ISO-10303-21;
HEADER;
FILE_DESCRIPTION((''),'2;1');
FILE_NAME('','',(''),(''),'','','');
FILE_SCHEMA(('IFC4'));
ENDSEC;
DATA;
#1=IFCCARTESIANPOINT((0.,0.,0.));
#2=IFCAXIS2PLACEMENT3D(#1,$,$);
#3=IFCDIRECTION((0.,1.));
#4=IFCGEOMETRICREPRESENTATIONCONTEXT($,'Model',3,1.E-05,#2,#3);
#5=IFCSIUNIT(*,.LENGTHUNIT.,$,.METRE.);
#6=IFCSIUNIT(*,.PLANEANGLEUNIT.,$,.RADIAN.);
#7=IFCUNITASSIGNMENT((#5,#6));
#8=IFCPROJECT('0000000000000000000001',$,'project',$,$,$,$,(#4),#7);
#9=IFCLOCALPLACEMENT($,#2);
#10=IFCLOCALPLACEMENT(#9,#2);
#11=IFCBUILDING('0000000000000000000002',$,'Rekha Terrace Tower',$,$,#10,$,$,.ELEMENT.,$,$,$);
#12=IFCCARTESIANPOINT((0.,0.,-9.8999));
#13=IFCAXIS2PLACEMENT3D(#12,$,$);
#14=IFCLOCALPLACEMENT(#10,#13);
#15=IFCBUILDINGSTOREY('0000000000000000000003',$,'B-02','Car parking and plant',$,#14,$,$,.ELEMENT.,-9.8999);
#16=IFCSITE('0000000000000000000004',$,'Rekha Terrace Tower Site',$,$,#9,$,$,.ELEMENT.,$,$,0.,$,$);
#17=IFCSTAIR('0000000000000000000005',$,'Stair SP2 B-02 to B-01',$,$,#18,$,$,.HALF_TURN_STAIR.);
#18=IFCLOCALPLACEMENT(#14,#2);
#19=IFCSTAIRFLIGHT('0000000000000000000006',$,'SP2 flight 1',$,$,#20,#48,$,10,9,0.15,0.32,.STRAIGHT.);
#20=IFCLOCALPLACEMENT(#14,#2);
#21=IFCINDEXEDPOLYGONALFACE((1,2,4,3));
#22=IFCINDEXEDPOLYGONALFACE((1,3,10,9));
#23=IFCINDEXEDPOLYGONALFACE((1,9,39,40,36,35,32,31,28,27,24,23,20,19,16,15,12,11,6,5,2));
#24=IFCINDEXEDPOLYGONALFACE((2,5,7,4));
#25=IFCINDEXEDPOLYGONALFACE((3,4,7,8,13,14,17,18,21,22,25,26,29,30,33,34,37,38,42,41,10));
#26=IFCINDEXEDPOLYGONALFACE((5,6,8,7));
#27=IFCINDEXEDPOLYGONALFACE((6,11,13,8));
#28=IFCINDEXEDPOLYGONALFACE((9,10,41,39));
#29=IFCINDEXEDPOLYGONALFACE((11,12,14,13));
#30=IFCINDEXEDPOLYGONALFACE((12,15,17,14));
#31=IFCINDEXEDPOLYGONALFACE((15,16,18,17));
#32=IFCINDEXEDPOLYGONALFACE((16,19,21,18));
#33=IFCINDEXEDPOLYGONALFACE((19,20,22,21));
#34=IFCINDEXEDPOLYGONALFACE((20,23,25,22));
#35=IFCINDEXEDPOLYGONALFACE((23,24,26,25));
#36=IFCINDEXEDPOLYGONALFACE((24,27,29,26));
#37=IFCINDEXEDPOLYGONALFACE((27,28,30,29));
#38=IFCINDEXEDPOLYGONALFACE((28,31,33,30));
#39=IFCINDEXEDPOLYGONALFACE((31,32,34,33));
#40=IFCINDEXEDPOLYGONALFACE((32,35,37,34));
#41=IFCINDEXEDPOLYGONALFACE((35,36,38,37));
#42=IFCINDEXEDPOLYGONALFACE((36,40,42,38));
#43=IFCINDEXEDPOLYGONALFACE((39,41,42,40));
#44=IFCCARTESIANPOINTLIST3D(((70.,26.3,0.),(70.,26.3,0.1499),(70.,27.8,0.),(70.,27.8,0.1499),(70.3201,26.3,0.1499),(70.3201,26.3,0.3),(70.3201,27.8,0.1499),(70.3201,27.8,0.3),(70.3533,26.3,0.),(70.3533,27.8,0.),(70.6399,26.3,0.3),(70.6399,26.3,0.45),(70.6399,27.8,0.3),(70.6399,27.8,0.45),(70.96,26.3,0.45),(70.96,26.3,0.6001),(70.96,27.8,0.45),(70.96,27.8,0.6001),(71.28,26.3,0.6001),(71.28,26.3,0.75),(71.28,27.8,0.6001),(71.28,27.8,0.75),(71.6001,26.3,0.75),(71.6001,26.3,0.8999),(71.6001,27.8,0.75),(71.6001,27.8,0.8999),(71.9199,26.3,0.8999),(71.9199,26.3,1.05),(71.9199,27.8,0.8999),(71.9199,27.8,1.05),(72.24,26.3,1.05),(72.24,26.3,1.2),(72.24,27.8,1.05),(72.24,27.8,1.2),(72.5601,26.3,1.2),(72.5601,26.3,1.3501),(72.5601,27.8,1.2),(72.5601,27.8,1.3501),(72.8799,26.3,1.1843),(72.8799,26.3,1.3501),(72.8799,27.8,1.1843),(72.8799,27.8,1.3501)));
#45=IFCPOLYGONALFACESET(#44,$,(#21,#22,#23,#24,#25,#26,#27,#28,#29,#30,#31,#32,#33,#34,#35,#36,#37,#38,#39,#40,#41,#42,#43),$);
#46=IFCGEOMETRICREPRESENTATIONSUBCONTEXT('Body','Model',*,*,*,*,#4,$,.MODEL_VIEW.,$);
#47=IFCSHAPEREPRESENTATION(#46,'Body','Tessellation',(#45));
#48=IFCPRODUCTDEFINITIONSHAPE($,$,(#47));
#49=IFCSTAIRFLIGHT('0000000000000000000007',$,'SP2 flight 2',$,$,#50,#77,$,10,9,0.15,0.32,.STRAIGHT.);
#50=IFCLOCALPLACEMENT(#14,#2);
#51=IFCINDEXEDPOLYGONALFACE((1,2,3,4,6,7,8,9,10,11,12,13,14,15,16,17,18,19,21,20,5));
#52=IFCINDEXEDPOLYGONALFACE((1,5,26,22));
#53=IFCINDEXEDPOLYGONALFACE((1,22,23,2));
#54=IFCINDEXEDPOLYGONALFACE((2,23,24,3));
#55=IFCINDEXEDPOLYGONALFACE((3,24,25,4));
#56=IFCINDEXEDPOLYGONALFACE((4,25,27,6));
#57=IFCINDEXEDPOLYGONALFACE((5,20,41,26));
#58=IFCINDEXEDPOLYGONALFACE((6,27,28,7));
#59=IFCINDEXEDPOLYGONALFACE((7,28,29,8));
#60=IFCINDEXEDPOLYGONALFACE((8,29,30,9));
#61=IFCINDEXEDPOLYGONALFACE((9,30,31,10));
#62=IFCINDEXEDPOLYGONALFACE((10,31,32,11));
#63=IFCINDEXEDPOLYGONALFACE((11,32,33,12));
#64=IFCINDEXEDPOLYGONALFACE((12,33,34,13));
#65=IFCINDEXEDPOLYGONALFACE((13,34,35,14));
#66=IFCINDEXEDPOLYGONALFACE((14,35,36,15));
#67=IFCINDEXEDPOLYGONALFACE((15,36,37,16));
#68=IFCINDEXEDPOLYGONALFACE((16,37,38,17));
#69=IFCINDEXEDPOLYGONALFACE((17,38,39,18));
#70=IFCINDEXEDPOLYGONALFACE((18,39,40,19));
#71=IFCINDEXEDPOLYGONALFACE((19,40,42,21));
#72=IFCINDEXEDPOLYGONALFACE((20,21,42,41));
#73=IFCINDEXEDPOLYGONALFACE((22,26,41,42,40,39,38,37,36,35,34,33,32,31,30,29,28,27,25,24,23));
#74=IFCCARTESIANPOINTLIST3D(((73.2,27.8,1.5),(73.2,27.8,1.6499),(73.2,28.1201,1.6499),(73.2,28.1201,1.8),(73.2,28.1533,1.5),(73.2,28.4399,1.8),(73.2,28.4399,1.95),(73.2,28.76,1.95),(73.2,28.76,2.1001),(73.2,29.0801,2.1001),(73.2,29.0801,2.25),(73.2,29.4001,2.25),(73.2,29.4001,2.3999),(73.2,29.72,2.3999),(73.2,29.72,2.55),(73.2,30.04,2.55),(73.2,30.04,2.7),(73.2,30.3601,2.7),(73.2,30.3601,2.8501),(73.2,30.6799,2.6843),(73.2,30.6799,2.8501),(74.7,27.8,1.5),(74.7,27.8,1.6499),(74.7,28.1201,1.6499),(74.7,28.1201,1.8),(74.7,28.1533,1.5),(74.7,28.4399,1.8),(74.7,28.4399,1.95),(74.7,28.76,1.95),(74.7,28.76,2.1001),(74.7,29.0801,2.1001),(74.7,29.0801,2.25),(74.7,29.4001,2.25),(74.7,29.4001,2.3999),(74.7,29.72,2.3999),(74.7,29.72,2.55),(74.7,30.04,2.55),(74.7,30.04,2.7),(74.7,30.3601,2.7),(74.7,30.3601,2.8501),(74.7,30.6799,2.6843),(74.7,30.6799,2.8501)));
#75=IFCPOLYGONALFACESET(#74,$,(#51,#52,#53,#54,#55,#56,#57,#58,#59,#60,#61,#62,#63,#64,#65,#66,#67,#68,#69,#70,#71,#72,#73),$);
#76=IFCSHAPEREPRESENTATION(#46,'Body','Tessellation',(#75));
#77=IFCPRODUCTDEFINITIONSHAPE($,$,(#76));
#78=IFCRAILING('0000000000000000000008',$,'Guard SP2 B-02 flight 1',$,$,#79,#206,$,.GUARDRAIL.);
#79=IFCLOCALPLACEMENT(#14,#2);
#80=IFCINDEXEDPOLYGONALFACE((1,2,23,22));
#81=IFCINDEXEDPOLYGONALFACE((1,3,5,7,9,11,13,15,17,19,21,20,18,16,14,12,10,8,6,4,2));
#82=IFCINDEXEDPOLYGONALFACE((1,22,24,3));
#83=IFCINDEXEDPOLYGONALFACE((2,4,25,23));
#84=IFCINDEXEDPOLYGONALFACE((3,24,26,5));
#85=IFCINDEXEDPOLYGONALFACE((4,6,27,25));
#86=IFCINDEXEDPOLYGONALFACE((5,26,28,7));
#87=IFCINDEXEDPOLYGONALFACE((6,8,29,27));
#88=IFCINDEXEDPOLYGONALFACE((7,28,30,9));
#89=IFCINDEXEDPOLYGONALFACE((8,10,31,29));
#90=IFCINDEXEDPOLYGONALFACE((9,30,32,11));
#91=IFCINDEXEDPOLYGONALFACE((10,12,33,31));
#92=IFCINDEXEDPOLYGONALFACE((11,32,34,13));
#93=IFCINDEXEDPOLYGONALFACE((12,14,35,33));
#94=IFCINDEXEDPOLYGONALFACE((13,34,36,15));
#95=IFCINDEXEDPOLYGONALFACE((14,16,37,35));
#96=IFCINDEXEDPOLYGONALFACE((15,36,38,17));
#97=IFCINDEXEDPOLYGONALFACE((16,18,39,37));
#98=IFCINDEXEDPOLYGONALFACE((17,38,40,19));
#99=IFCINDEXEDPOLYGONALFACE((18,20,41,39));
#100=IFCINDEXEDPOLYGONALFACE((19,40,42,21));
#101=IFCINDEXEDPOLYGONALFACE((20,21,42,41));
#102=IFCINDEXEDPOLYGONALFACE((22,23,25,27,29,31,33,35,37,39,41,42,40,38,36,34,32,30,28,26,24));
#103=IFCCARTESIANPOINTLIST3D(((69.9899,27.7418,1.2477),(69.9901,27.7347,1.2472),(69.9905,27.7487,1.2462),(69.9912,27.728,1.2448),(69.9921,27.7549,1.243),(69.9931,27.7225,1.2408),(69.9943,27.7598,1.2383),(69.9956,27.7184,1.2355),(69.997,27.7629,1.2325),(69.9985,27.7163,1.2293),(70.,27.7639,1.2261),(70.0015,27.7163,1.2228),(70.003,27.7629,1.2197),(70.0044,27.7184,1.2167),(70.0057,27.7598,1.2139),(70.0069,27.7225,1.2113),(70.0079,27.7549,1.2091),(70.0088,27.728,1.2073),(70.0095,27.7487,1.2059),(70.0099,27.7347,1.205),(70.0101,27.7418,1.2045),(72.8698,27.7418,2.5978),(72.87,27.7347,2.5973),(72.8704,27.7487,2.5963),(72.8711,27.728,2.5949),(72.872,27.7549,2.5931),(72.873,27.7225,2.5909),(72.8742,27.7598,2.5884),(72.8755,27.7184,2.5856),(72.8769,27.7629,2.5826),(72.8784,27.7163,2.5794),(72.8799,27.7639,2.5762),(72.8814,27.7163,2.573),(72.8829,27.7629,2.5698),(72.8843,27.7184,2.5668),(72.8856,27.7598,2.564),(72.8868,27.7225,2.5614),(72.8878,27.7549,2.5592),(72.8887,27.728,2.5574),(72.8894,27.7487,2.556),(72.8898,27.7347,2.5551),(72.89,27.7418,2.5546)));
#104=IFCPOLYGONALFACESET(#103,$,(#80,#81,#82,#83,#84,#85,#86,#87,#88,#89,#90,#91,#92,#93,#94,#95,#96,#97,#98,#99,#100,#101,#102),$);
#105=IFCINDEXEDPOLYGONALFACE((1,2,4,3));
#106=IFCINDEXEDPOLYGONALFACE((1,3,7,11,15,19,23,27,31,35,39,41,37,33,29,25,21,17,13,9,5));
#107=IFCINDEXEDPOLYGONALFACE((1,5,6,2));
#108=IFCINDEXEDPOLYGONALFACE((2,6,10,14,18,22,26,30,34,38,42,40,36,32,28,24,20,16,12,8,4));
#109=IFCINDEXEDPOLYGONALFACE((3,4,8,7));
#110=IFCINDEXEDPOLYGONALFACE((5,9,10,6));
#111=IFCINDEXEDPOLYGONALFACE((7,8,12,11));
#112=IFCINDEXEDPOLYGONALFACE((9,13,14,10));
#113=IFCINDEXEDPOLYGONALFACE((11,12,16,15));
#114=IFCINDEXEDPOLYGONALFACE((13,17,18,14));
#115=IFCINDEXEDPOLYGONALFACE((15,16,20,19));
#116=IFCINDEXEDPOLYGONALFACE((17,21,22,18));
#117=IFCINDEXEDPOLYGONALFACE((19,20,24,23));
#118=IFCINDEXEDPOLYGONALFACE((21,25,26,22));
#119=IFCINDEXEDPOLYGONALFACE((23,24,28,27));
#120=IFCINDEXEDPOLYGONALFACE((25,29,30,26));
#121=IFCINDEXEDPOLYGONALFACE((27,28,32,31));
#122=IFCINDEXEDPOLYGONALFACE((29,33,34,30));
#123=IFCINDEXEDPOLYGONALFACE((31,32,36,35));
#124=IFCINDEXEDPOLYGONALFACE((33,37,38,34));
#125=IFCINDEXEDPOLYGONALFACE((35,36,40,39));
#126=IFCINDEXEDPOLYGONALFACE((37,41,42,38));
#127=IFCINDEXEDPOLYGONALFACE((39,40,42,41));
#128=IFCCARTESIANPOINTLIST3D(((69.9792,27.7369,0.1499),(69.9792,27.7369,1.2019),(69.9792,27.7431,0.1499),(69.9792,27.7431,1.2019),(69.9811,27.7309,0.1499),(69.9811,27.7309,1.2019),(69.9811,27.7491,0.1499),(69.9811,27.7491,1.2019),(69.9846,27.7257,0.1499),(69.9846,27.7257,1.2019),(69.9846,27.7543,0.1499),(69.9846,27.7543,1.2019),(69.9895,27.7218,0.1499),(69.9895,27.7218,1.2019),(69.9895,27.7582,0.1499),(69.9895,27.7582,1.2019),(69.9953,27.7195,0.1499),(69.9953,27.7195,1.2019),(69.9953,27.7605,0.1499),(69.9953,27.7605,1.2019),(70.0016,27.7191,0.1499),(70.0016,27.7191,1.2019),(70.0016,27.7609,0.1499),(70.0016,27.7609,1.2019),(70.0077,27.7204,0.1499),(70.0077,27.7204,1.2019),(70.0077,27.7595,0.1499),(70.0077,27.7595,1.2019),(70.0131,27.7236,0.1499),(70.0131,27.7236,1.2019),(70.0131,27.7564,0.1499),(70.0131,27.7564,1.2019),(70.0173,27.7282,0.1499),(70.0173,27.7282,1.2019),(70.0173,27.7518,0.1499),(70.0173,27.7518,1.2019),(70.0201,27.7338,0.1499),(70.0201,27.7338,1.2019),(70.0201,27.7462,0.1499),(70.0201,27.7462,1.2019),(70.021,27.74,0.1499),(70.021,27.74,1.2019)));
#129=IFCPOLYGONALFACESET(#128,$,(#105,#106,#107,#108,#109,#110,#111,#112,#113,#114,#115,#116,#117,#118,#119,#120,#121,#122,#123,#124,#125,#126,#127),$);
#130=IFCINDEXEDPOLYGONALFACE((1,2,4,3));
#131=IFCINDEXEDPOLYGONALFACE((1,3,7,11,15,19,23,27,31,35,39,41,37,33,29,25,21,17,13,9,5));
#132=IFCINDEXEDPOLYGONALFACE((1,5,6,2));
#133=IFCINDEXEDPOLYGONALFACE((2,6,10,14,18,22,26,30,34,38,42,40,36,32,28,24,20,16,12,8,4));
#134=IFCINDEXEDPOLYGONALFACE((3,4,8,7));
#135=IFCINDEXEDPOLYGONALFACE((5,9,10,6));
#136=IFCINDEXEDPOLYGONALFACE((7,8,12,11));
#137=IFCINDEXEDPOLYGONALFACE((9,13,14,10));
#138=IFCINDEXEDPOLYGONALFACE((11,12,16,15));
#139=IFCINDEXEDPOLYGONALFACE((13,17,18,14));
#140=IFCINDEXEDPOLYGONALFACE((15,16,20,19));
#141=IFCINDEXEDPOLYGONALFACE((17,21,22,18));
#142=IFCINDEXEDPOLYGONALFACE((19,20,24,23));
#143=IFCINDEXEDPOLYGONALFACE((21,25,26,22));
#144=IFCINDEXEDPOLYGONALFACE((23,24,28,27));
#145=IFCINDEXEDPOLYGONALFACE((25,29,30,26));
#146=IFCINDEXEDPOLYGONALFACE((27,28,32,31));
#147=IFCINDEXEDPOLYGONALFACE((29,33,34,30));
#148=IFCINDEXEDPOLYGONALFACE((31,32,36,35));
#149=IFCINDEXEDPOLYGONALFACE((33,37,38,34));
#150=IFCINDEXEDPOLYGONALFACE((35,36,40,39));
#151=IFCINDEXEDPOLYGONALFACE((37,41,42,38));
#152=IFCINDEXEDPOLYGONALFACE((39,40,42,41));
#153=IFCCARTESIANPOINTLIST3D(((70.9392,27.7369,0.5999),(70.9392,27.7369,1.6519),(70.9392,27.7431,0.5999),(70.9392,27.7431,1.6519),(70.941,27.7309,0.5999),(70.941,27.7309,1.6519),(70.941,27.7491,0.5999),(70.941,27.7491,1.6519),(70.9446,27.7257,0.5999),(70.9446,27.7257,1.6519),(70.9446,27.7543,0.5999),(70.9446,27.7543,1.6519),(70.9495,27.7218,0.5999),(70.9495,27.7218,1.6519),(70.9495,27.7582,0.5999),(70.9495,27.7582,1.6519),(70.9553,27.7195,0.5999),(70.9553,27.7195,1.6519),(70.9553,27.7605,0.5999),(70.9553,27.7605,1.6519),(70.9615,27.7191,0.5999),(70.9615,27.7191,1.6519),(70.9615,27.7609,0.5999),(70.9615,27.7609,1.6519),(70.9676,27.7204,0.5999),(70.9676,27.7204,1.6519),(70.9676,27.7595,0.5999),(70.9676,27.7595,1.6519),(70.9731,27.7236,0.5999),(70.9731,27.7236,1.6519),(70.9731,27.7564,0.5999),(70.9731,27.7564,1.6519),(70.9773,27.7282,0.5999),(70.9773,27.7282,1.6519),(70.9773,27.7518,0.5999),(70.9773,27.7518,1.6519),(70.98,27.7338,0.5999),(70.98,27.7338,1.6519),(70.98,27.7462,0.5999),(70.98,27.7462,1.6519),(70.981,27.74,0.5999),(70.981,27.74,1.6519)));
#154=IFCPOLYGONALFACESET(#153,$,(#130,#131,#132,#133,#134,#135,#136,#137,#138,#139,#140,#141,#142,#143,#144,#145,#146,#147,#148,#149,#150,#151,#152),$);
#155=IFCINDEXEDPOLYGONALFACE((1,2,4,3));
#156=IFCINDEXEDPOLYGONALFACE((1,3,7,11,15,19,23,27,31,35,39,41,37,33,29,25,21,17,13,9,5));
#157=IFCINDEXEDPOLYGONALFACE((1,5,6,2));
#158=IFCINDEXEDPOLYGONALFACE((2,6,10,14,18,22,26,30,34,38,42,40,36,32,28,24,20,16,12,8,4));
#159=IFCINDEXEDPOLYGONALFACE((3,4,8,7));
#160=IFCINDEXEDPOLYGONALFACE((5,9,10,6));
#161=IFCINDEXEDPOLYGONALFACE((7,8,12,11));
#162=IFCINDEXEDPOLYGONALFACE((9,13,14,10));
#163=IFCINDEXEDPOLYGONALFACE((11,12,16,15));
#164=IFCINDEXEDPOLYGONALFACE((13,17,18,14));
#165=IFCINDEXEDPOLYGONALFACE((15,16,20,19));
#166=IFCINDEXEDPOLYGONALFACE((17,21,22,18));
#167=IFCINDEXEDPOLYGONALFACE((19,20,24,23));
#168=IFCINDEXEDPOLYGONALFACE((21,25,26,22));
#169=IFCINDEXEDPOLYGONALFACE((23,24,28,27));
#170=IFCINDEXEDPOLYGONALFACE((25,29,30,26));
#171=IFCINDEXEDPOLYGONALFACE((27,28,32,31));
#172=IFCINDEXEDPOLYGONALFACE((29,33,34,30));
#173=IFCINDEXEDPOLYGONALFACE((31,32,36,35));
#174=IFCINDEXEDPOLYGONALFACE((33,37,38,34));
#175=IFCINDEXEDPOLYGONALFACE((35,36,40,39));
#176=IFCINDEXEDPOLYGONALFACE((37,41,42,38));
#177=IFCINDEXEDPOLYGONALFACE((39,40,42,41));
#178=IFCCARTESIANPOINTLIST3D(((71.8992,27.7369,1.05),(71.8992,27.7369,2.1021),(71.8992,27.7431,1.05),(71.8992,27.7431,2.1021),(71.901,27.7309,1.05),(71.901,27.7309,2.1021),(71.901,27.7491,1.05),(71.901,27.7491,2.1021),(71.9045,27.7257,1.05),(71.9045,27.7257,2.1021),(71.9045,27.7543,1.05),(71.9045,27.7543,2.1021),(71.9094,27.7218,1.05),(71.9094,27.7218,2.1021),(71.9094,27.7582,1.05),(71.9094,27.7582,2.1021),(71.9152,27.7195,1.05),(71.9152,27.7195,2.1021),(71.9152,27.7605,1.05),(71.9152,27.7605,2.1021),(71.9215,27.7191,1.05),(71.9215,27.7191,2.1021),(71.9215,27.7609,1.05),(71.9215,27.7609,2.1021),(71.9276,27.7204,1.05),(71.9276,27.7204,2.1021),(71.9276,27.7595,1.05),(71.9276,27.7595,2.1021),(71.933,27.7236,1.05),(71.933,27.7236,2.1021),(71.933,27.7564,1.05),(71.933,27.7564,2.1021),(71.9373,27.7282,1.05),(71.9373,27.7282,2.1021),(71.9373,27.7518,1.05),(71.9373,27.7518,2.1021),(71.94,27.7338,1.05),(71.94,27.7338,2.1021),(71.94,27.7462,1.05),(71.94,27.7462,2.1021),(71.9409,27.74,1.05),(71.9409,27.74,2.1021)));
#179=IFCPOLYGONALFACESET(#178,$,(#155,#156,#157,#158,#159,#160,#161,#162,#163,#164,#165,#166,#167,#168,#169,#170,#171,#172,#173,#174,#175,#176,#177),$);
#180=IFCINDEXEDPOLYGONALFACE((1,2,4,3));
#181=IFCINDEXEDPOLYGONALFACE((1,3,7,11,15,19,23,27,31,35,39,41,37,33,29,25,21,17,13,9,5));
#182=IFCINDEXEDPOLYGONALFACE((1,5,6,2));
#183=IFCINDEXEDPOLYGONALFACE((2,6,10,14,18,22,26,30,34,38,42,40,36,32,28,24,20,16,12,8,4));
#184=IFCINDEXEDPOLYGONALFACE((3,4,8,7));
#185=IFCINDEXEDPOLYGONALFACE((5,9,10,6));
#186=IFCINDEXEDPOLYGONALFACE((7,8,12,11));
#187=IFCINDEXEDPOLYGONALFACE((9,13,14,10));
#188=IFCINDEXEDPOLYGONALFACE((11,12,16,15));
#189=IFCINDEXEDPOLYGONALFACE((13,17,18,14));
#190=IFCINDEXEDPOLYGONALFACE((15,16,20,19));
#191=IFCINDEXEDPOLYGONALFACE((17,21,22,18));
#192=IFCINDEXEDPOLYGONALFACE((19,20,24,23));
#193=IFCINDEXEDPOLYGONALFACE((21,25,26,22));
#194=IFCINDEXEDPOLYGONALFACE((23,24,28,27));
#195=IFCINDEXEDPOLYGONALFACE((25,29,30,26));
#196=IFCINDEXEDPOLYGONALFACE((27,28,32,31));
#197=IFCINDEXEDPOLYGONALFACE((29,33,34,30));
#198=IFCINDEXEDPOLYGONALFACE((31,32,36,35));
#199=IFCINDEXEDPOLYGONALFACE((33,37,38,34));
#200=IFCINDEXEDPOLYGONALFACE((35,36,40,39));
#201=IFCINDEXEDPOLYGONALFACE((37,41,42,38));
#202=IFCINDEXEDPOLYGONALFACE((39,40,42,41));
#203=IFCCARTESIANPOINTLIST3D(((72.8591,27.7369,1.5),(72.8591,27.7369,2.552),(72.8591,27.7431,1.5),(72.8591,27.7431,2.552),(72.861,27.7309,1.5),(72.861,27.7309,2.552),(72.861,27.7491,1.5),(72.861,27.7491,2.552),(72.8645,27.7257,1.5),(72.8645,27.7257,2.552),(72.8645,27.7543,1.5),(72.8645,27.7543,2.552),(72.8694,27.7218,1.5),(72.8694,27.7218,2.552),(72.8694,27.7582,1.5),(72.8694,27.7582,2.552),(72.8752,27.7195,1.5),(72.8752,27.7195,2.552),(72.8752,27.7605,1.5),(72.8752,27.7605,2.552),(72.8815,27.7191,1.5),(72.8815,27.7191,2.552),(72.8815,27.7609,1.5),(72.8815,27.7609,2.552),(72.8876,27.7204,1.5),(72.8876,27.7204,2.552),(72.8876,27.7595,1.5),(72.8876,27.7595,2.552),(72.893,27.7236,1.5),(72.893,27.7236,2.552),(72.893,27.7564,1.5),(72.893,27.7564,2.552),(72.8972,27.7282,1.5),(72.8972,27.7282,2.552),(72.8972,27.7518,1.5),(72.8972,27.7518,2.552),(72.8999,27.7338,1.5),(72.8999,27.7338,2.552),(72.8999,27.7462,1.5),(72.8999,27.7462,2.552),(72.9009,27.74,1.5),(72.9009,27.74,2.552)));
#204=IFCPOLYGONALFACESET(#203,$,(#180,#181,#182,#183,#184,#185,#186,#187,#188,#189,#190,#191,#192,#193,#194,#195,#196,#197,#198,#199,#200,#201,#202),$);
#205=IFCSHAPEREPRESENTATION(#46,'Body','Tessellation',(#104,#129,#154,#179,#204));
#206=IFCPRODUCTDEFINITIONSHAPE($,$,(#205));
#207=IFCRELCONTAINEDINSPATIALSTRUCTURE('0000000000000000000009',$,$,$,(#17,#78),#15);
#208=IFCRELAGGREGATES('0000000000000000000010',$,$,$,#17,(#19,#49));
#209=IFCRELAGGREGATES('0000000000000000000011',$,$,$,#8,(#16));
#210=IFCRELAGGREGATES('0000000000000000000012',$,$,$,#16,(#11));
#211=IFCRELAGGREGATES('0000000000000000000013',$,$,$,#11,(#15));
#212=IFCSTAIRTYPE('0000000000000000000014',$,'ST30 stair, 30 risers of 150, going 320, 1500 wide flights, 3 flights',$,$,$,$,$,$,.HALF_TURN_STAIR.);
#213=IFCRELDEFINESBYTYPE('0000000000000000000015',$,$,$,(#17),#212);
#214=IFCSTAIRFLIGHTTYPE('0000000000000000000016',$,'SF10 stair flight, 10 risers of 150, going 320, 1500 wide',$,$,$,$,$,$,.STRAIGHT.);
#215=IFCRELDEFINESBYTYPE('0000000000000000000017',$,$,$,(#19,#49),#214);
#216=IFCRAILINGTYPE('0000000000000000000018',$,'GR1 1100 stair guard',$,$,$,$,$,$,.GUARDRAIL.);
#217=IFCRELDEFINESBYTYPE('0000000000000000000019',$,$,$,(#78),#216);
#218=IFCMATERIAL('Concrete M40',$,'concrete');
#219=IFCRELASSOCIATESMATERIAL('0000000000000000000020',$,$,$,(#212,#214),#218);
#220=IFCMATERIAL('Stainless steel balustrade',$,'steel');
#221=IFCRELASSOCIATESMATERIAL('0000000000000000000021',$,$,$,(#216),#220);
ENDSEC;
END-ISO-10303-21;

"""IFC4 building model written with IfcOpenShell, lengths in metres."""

from ifc_helpers import new_model, si_unit, direction, frame, origin, origin_2d, place, context, subcontext, project, spatial, polyline, circle, outline, extrude, material, type_object, element, aggregate, save


model = new_model("IFC4")

# Units and contexts
model_context = context("Model", 3, precision=1e-05, world=origin(), true_north=direction((0.0, 1.0)))
body_context = subcontext(model_context, "Body", "Model", "MODEL_VIEW")
ifc_project = project(units=[si_unit("LENGTHUNIT", "METRE"), si_unit("PLANEANGLEUNIT", "RADIAN")], contexts=[model_context])

# Site, building, storey
site_placement = place(None, origin())
site = spatial("IfcSite", under=ifc_project, at=site_placement, Name="Rekha Terrace Tower Site", CompositionType="ELEMENT", RefElevation=0.0)
building_placement = place(site_placement, origin())
building = spatial("IfcBuilding", under=site, at=building_placement, Name="Rekha Terrace Tower", CompositionType="ELEMENT")
storey_placement = place(building_placement, frame((0.0, 0.0, -9.8999)))
storey = spatial("IfcBuildingStorey", under=building, at=storey_placement, Name="B-02", Description="Car parking and plant", CompositionType="ELEMENT", Elevation=-9.8999)

# Shared definitions
ifc_material_1 = material(Name="Concrete M40", Category="concrete")

# Stair, stair flights
stair_type = type_object("IfcStairType", Name="ST30 stair, 30 risers of 150, going 320, 1500 wide flights, 3 flights", PredefinedType="HALF_TURN_STAIR", material=ifc_material_1)
stair_placement = place(storey_placement, origin())
stair = element("IfcStair", 1, at=stair_placement, inside=storey, type_object=stair_type, Name="Stair SP2 B-02 to B-01", PredefinedType="HALF_TURN_STAIR")
stair_flight_type = type_object("IfcStairFlightType", Name="SF10 stair flight, 10 risers of 150, going 320, 1500 wide", PredefinedType="STRAIGHT", material=ifc_material_1)
stair_flight_1_placement = place(storey_placement, frame((70.0, 27.05, 0.0), z_axis=(0.0, 0.0, 1.0), x_axis=(1.0, 0.0, 0.0)))
stair_flight_1 = element("IfcStairFlight", 2, at=stair_flight_1_placement, type_object=stair_flight_type, Name="SP2 flight 1", NumberOfRisers=10, NumberOfTreads=9, PredefinedType="STRAIGHT", RiserHeight=0.15, TreadLength=0.32, context=body_context, shape_type="SweptSolid", body=[
    extrude(outline(polyline([(0.0, 0.0), (0.0, 0.1499), (0.3201, 0.1499), (0.3201, 0.3), (0.6399, 0.3), (0.6399, 0.45), (0.96, 0.45), (0.96, 0.6001), (1.28, 0.6001), (1.28, 0.75), (1.6001, 0.75), (1.6001, 0.8999), (1.9199, 0.8999), (1.9199, 1.05), (2.24, 1.05), (2.24, 1.2), (2.5601, 1.2), (2.5601, 1.3501), (2.8799, 1.3501), (2.8799, 1.5), (2.8799, 1.1843), (0.3533, 0.0), (0.0, 0.0)])), frame((0.0, 0.75, 0.0), z_axis=(0.0, -1.0, 0.0), x_axis=(1.0, 0.0, 0.0)), (0.0, 0.0, 1.0), 1.5),
])
stair_flight_2_placement = place(storey_placement, frame((73.95, 27.8, 1.5), z_axis=(0.0, 0.0, 1.0), x_axis=(0.0, 1.0, 0.0)))
stair_flight_2 = element("IfcStairFlight", 3, at=stair_flight_2_placement, type_object=stair_flight_type, Name="SP2 flight 2", NumberOfRisers=10, NumberOfTreads=9, PredefinedType="STRAIGHT", RiserHeight=0.15, TreadLength=0.32, context=body_context, shape_type="SweptSolid", body=[
    extrude(outline(polyline([(0.0, 0.0), (0.0, 0.1499), (0.3201, 0.1499), (0.3201, 0.3), (0.6399, 0.3), (0.6399, 0.45), (0.96, 0.45), (0.96, 0.6001), (1.28, 0.6001), (1.28, 0.75), (1.6001, 0.75), (1.6001, 0.8999), (1.9199, 0.8999), (1.9199, 1.05), (2.24, 1.05), (2.24, 1.2), (2.5601, 1.2), (2.5601, 1.3501), (2.8799, 1.3501), (2.8799, 1.5), (2.8799, 1.1843), (0.3533, 0.0), (0.0, 0.0)])), frame((0.0, 0.75, 0.0), z_axis=(0.0, -1.0, 0.0), x_axis=(1.0, 0.0, 0.0)), (0.0, 0.0, 1.0), 1.5),
])
aggregate(stair, [stair_flight_1, stair_flight_2])

# Railing
ifc_material_2 = material(Name="Stainless steel balustrade", Category="steel")
railing_type_1 = type_object("IfcRailingType", Name="GR1 1100 stair guard", PredefinedType="GUARDRAIL", material=ifc_material_2)
railing_1_placement = place(storey_placement, frame((70.0, 27.74, 0.1499)))
element("IfcRailing", 4, at=railing_1_placement, inside=storey, type_object=railing_type_1, Name="Guard SP2 B-02 flight 1", PredefinedType="GUARDRAIL", context=body_context, shape_type="SweptSolid", body=[
    extrude(circle(Radius=0.0239, at=origin_2d()), frame((0.0, 0.0, 1.0762), z_axis=(0.90544, 0.0, 0.424473), x_axis=(0.0, 1.0, 0.0)), (0.0, 0.0, 1.0), 3.1807),
    extrude(circle(Radius=0.021, at=origin_2d()), origin(), (0.0, 0.0, 1.0), 1.052),
    extrude(circle(Radius=0.021, at=origin_2d()), frame((0.96, 0.0, 0.45)), (0.0, 0.0, 1.0), 1.052),
    extrude(circle(Radius=0.021, at=origin_2d()), frame((1.9199, 0.0, 0.9001)), (0.0, 0.0, 1.0), 1.052),
    extrude(circle(Radius=0.021, at=origin_2d()), frame((2.8799, 0.0, 1.3501)), (0.0, 0.0, 1.0), 1.052),
])

save(model, "model.ifc")
